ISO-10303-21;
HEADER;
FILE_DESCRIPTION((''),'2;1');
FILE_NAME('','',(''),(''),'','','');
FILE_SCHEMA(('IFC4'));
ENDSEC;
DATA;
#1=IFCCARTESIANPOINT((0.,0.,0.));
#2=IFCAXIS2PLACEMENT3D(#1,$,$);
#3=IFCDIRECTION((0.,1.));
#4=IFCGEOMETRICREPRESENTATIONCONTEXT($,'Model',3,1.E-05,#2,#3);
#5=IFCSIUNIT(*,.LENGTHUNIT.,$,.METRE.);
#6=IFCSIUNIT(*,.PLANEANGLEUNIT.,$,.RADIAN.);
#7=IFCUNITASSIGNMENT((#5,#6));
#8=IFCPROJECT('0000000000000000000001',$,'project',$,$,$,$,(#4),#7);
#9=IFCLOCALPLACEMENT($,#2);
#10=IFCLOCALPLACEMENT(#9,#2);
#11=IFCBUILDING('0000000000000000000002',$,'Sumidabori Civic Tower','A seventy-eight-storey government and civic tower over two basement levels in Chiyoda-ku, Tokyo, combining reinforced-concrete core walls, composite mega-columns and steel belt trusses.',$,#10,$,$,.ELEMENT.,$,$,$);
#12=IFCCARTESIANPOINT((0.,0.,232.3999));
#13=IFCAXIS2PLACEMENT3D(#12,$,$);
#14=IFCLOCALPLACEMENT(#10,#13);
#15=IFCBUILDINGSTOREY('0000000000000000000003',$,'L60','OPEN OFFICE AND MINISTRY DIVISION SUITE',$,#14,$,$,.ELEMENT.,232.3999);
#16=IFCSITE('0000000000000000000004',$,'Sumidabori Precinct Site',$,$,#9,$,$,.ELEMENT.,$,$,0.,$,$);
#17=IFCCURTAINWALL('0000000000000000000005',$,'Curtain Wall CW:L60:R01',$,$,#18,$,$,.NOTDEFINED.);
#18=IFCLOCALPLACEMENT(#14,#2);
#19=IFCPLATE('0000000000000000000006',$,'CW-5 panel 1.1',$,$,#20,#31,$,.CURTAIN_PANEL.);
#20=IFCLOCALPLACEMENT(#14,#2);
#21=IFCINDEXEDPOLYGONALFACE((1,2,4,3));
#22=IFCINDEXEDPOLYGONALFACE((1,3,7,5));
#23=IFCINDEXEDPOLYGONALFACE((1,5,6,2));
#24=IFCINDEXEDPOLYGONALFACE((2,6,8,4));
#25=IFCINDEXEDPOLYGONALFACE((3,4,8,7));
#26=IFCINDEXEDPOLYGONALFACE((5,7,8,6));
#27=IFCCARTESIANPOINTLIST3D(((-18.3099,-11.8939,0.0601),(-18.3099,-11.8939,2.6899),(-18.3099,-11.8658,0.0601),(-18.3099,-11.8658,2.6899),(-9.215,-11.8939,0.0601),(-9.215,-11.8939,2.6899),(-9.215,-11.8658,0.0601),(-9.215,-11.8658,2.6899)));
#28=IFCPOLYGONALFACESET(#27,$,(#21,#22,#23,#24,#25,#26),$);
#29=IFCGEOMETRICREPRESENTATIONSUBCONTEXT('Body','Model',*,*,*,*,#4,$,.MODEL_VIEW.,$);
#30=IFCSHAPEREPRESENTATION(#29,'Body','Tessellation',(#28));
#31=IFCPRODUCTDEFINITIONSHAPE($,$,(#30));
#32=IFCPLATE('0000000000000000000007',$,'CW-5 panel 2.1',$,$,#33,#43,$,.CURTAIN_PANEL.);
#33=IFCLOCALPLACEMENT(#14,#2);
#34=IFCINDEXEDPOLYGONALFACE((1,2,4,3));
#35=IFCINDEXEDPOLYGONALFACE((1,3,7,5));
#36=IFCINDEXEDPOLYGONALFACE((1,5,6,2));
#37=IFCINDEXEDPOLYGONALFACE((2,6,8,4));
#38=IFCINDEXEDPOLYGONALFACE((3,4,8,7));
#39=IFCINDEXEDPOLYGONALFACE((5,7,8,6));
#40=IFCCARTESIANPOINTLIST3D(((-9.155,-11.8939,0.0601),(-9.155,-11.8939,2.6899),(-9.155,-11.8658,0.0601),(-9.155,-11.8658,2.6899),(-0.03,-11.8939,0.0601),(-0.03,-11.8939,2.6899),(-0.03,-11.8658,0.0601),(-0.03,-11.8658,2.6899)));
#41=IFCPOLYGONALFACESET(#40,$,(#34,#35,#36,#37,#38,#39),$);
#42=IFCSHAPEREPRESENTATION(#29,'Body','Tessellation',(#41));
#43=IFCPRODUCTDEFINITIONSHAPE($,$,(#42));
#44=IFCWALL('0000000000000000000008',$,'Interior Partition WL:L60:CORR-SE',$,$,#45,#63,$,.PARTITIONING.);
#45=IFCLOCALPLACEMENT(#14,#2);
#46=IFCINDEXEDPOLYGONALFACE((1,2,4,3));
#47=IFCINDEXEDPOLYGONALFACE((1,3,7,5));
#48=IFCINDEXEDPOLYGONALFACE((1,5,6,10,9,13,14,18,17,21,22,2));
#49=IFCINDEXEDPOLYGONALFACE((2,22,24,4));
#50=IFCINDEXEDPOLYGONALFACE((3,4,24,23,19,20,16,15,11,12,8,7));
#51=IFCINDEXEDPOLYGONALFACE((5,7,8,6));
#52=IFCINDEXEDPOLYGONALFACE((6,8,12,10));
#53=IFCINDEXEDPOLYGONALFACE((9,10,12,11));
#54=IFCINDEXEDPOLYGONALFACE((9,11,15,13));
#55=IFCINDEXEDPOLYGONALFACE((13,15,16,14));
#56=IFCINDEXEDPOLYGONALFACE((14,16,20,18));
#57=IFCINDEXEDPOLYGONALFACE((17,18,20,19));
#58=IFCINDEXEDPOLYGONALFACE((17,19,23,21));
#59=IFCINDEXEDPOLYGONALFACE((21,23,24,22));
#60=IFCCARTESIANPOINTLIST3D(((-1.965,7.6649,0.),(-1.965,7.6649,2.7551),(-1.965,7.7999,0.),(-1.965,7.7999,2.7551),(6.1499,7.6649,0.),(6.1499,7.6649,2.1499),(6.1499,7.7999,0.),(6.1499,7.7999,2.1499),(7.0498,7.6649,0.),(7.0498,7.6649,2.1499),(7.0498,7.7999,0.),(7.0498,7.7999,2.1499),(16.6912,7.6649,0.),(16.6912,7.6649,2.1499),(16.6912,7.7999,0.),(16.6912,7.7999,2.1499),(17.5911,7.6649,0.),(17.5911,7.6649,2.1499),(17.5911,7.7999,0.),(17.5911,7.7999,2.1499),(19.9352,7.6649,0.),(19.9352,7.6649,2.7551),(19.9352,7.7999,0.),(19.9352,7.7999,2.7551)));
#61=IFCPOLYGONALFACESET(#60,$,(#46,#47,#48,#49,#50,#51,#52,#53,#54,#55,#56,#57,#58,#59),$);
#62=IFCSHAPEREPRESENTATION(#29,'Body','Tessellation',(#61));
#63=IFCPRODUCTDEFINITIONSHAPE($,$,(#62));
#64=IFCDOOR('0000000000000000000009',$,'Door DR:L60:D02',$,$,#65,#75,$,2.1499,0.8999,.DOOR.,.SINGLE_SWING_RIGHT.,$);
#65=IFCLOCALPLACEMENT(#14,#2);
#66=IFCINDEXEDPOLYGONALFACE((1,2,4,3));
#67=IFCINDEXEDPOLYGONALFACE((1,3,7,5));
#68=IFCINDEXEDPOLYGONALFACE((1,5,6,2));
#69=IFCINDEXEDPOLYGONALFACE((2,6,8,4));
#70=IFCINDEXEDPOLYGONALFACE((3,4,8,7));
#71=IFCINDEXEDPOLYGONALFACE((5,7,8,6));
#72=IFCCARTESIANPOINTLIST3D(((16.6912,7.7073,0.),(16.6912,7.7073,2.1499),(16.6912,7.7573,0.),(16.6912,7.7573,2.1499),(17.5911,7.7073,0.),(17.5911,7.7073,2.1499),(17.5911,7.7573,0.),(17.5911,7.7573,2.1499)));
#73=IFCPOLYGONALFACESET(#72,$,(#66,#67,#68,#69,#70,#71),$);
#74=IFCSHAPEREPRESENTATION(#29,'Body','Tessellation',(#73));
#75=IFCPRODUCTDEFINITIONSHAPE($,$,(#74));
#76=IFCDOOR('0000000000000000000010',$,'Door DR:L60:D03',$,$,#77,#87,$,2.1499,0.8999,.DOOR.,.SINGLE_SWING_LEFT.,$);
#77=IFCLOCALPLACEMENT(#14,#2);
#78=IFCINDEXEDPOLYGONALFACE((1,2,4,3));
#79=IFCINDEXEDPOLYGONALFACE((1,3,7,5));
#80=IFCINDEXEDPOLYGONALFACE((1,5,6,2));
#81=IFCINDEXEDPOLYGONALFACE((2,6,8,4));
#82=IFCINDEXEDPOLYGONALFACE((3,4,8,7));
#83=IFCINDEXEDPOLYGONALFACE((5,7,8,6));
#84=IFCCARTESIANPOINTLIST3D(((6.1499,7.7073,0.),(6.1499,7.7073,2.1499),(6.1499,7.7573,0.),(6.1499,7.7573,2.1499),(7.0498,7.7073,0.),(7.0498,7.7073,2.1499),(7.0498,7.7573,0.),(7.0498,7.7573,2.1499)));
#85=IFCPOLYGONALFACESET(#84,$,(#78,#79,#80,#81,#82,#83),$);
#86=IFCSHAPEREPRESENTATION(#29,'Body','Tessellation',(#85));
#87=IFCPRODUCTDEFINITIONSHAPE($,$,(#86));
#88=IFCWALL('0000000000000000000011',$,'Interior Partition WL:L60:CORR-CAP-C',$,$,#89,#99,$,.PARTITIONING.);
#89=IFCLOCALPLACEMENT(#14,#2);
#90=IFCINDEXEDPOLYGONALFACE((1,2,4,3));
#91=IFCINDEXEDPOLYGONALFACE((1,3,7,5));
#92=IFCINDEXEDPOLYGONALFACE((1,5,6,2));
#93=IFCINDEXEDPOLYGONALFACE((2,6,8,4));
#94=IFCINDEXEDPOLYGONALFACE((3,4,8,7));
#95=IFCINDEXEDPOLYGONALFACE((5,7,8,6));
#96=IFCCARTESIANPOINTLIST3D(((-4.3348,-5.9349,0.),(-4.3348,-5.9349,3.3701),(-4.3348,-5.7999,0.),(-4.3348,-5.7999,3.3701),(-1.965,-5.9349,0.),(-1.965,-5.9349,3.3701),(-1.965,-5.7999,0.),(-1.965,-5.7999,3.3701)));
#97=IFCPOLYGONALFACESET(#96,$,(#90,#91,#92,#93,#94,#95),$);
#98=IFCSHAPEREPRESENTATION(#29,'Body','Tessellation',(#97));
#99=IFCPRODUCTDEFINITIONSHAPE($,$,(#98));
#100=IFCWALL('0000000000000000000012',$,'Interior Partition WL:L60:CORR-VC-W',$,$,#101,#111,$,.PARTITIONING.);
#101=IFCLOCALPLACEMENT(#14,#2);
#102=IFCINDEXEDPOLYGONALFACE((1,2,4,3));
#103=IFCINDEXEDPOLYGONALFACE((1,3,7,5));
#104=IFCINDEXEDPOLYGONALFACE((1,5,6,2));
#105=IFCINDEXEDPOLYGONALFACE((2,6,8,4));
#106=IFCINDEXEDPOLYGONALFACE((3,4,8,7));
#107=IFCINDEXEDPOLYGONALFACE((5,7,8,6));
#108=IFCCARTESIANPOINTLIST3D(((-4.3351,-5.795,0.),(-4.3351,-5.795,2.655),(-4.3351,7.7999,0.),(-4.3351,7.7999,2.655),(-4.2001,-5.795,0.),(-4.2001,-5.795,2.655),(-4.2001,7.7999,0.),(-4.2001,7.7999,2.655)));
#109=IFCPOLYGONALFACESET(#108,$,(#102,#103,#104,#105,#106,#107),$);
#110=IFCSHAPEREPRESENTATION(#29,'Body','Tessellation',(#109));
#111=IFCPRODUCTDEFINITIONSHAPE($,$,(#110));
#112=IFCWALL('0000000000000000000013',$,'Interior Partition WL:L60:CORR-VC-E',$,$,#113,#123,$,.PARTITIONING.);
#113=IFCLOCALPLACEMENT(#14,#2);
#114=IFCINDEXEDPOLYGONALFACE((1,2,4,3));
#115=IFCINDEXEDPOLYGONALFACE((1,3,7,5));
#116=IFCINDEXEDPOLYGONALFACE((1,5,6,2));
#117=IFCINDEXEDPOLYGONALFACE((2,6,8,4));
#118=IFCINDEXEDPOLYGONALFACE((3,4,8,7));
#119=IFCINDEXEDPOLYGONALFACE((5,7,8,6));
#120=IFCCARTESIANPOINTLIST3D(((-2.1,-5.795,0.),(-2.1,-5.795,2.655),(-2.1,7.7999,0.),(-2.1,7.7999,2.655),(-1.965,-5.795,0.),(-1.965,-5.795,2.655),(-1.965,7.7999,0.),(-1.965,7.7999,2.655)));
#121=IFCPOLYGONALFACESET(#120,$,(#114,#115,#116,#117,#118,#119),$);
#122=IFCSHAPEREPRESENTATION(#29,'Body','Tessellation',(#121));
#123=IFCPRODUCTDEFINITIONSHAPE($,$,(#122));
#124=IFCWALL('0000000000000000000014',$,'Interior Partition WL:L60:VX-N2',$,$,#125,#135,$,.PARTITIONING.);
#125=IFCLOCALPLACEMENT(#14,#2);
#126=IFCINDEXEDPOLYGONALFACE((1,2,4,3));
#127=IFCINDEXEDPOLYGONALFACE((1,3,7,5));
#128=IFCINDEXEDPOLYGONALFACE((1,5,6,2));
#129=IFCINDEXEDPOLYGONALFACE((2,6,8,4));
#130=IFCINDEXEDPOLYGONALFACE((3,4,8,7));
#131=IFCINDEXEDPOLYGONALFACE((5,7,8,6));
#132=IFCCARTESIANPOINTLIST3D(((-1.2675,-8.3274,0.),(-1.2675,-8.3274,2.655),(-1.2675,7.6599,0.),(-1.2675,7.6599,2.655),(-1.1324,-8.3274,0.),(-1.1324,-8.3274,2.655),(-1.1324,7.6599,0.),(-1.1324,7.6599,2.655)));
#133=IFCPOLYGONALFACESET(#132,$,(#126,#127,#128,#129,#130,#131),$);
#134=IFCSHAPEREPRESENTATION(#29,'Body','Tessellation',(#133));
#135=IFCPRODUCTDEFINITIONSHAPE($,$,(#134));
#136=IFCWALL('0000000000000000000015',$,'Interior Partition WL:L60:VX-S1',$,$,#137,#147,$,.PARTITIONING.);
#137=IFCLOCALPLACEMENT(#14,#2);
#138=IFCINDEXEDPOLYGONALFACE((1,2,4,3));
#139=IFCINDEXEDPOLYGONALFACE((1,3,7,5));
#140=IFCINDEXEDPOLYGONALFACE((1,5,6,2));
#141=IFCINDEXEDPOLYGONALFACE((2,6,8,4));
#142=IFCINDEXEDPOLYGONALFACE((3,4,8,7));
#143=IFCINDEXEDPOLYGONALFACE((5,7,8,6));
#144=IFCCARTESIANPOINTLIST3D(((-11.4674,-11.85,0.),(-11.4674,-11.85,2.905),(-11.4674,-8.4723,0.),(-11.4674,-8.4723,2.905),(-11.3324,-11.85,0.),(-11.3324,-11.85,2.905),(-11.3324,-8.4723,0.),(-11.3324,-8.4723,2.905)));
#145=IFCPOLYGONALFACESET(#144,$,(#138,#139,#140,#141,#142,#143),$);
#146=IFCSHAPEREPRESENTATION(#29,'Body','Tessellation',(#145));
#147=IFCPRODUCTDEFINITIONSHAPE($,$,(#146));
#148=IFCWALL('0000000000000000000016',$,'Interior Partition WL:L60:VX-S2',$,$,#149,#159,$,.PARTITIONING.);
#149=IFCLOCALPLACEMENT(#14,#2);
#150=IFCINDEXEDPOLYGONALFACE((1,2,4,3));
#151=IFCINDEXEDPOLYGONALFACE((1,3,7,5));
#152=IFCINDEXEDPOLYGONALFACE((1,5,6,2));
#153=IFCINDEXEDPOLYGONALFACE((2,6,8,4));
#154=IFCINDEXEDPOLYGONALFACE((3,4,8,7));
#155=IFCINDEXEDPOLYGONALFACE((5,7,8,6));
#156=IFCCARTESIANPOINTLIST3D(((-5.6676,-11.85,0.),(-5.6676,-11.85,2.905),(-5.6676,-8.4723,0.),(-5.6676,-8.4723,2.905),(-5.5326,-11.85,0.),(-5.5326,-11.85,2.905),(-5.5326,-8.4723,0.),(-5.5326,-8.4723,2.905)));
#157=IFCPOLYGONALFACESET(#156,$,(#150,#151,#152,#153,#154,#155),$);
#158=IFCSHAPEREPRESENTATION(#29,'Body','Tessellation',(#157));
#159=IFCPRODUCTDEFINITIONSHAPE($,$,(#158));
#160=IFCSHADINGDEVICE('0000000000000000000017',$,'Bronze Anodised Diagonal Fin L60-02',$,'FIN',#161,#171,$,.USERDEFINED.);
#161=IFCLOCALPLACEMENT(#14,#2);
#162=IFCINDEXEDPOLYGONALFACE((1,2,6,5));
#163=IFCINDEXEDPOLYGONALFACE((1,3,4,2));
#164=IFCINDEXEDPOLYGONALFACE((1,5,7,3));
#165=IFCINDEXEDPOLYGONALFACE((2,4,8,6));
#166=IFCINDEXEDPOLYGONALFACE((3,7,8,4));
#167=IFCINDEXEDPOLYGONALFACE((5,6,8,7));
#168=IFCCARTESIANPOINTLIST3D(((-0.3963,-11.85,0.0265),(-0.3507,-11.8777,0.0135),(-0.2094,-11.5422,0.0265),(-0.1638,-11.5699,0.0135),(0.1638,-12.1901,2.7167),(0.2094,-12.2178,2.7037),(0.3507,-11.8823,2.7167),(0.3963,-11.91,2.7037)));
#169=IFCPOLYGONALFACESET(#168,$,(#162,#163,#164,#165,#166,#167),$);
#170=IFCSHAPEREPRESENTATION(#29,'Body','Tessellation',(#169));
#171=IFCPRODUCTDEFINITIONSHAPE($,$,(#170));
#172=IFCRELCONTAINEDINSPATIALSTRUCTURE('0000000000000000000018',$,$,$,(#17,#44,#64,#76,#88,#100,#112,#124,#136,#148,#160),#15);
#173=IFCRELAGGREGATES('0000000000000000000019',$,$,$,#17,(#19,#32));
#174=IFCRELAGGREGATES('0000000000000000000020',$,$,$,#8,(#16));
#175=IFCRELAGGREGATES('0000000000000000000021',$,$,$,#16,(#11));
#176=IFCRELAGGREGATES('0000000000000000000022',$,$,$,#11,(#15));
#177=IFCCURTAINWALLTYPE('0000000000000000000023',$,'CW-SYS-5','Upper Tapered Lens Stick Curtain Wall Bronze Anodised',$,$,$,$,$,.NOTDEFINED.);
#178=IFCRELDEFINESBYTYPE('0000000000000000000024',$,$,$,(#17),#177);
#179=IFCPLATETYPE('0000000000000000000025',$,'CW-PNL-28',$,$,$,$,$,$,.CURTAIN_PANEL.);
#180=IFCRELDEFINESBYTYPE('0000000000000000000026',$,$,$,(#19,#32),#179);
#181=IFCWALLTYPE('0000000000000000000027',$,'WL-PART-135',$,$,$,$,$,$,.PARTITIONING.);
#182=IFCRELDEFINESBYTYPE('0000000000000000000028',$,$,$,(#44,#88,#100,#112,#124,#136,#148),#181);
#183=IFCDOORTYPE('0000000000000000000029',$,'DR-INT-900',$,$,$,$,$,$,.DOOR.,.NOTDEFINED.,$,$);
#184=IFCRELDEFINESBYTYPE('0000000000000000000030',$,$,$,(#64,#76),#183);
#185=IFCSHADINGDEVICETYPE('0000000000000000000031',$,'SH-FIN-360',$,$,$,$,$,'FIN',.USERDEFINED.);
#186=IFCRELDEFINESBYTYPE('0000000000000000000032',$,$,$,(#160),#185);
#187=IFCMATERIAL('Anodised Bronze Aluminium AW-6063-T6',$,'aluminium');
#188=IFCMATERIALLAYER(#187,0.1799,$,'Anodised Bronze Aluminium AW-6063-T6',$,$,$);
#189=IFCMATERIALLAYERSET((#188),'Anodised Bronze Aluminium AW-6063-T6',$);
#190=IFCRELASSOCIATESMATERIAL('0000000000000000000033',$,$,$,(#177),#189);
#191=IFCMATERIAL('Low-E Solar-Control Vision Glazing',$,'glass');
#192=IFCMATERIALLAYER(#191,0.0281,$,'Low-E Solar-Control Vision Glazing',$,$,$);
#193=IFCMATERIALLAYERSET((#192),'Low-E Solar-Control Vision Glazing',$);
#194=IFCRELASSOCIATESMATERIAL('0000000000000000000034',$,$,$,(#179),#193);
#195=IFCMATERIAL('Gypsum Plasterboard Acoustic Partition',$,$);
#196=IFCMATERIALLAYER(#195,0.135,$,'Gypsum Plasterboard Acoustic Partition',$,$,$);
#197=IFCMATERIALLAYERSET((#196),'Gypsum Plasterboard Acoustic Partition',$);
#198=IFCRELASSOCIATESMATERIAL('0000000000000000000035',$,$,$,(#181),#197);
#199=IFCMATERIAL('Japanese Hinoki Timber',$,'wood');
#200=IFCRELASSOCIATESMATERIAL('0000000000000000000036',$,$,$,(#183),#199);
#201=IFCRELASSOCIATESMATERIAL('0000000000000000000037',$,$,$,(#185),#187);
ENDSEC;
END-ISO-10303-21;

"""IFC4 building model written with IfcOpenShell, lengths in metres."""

from ifc_helpers import new_model, si_unit, direction, frame, frame_2d, origin, origin_2d, place, context, subcontext, project, spatial, rectangle, extrude, source, transform, mapped, material, layer, layer_set, material_profile, profile_set, type_object, element, fill, aggregate, save


model = new_model("IFC4")

# Units and contexts
model_context = context("Model", 3, precision=1e-05, world=origin(), true_north=direction((0.0, 1.0)))
body_context = subcontext(model_context, "Body", "Model", "MODEL_VIEW")
ifc_project = project(units=[si_unit("LENGTHUNIT", "METRE"), si_unit("PLANEANGLEUNIT", "RADIAN")], contexts=[model_context])

# Site, building, storey
site_placement = place(None, origin())
site = spatial("IfcSite", under=ifc_project, at=site_placement, Name="Sumidabori Precinct Site", CompositionType="ELEMENT", RefElevation=0.0)
building_placement = place(site_placement, origin())
building = spatial("IfcBuilding", under=site, at=building_placement, Name="Sumidabori Civic Tower", Description="A seventy-eight-storey government and civic tower over two basement levels in Chiyoda-ku, Tokyo, combining reinforced-concrete core walls, composite mega-columns and steel belt trusses.", CompositionType="ELEMENT")
storey_placement = place(building_placement, frame((0.0, 0.0, 232.3999)))
storey = spatial("IfcBuildingStorey", under=building, at=storey_placement, Name="L60", Description="OPEN OFFICE AND MINISTRY DIVISION SUITE", CompositionType="ELEMENT", Elevation=232.3999)

# Curtain wall
ifc_material_1 = material(Name="Anodised Bronze Aluminium AW-6063-T6", Category="aluminium")
ifc_layer_1 = layer(ifc_material_1, 0.1799, Name="Anodised Bronze Aluminium AW-6063-T6")
ifc_layer_set_1 = layer_set([ifc_layer_1], Name="Anodised Bronze Aluminium AW-6063-T6")
curtain_wall_type = type_object("IfcCurtainWallType", Name="CW-SYS-5", Description="Upper Tapered Lens Stick Curtain Wall Bronze Anodised", PredefinedType="NOTDEFINED", material=ifc_layer_set_1)
curtain_wall_placement = place(storey_placement, origin())
curtain_wall = element("IfcCurtainWall", 1, at=curtain_wall_placement, inside=storey, type_object=curtain_wall_type, Name="Curtain Wall CW:L60:R01", PredefinedType="NOTDEFINED")

# Plates
ifc_material_2 = material(Name="Low-E Solar-Control Vision Glazing", Category="glass")
ifc_layer_2 = layer(ifc_material_2, 0.0281, Name="Low-E Solar-Control Vision Glazing")
ifc_layer_set_2 = layer_set([ifc_layer_2], Name="Low-E Solar-Control Vision Glazing")
plate_type = type_object("IfcPlateType", Name="CW-PNL-28", PredefinedType="CURTAIN_PANEL", material=ifc_layer_set_2)
shared_shape_1 = source(origin(), body_context, "Body", "SweptSolid", [
    extrude(rectangle(XDim=9.095, YDim=0.0281, at=origin_2d()), origin(), (0.0, 0.0, 1.0), 2.6299),
])
plate_1_placement = place(storey_placement, frame((-13.7625, -11.8799, 0.0601), z_axis=(0.0, 0.0, 1.0), x_axis=(1.0, 0.0, 0.0)))
plate_1 = element("IfcPlate", 2, at=plate_1_placement, type_object=plate_type, Name="CW-5 panel 1.1", PredefinedType="CURTAIN_PANEL", context=body_context, shape_type="MappedRepresentation", body=[
    mapped(shared_shape_1, transform((0.0, 0.0, 0.0), x_axis=(1.0, 0.0, 0.0), y_axis=(0.0, 1.0, 0.0), z_axis=(0.0, 0.0, 1.0), scale=1.0)),
])
shared_shape_2 = source(origin(), body_context, "Body", "SweptSolid", [
    extrude(rectangle(XDim=9.125, YDim=0.0281, at=origin_2d()), origin(), (0.0, 0.0, 1.0), 2.6299),
])
plate_2_placement = place(storey_placement, frame((-4.5925, -11.8799, 0.0601), z_axis=(0.0, 0.0, 1.0), x_axis=(1.0, 0.0, 0.0)))
plate_2 = element("IfcPlate", 3, at=plate_2_placement, type_object=plate_type, Name="CW-5 panel 2.1", PredefinedType="CURTAIN_PANEL", context=body_context, shape_type="MappedRepresentation", body=[
    mapped(shared_shape_2, transform((0.0, 0.0, 0.0), x_axis=(1.0, 0.0, 0.0), y_axis=(0.0, 1.0, 0.0), z_axis=(0.0, 0.0, 1.0), scale=1.0)),
])
aggregate(curtain_wall, [plate_1, plate_2])

# Wall, openings, doors
ifc_material_3 = material(Name="Gypsum Plasterboard Acoustic Partition")
ifc_layer_3 = layer(ifc_material_3, 0.135, Name="Gypsum Plasterboard Acoustic Partition")
ifc_layer_set_3 = layer_set([ifc_layer_3], Name="Gypsum Plasterboard Acoustic Partition")
wall_type = type_object("IfcWallType", Name="WL-PART-135", PredefinedType="PARTITIONING", material=ifc_layer_set_3)
shared_shape_3 = source(origin(), body_context, "Body", "SweptSolid", [
    extrude(rectangle(XDim=21.9001, YDim=0.135, at=frame_2d((10.9502, 0.0))), origin(), (0.0, 0.0, 1.0), 2.7551),
])
wall_1_placement = place(storey_placement, frame((-1.9651, 7.7324, 0.0), z_axis=(0.0, 0.0, 1.0), x_axis=(1.0, 0.0, 0.0)))
wall_1 = element("IfcWall", 4, at=wall_1_placement, inside=storey, type_object=wall_type, Name="Interior Partition WL:L60:CORR-SE", PredefinedType="PARTITIONING", context=body_context, shape_type="MappedRepresentation", body=[
    mapped(shared_shape_3, transform((0.0, 0.0, 0.0), x_axis=(1.0, 0.0, 0.0), y_axis=(0.0, 1.0, 0.0), z_axis=(0.0, 0.0, 1.0), scale=1.0)),
])
opening_1_placement = place(wall_1_placement, frame((18.6562, 0.0, 0.0)))
opening_1 = element("IfcOpeningElement", 5, at=opening_1_placement, cuts=wall_1, PredefinedType="OPENING", context=body_context, shape_type="SweptSolid", body=[
    extrude(rectangle(XDim=0.8999, YDim=2.1499, at=frame_2d((0.45, 1.075))), frame((0.0, 0.0796, 0.0), z_axis=(0.0, -1.0, 0.0), x_axis=(1.0, 0.0, 0.0)), (0.0, 0.0, 1.0), 0.1589),
])
opening_2_placement = place(wall_1_placement, frame((8.115, 0.0, 0.0)))
opening_2 = element("IfcOpeningElement", 6, at=opening_2_placement, cuts=wall_1, PredefinedType="OPENING", context=body_context, shape_type="SweptSolid", body=[
    extrude(rectangle(XDim=0.8999, YDim=2.1499, at=frame_2d((0.45, 1.075))), frame((0.0, 0.0796, 0.0), z_axis=(0.0, -1.0, 0.0), x_axis=(1.0, 0.0, 0.0)), (0.0, 0.0, 1.0), 0.1589),
])
ifc_material_4 = material(Name="Japanese Hinoki Timber", Category="wood")
door_type = type_object("IfcDoorType", Name="DR-INT-900", OperationType="NOTDEFINED", PredefinedType="DOOR", material=ifc_material_4)
shared_shape_4 = source(origin(), body_context, "Body", "SweptSolid", [
    extrude(rectangle(XDim=0.8999, YDim=2.1499, at=frame_2d((0.45, 1.075))), frame((0.0, 0.0249, 0.0), z_axis=(0.0, -1.0, 0.0), x_axis=(1.0, 0.0, 0.0)), (0.0, 0.0, 1.0), 0.05),
])
door_1_placement = place(opening_1_placement, origin())
door_1 = element("IfcDoor", 7, at=door_1_placement, inside=storey, type_object=door_type, Name="Door DR:L60:D02", OperationType="SINGLE_SWING_RIGHT", OverallHeight=2.1499, OverallWidth=0.8999, PredefinedType="DOOR", context=body_context, shape_type="MappedRepresentation", body=[
    mapped(shared_shape_4, transform((0.0, 0.0, 0.0), x_axis=(1.0, 0.0, 0.0), y_axis=(0.0, 1.0, 0.0), z_axis=(0.0, 0.0, 1.0), scale=1.0)),
])
fill(opening_1, door_1)
door_2_placement = place(opening_2_placement, origin())
door_2 = element("IfcDoor", 8, at=door_2_placement, inside=storey, type_object=door_type, Name="Door DR:L60:D03", OperationType="SINGLE_SWING_LEFT", OverallHeight=2.1499, OverallWidth=0.8999, PredefinedType="DOOR", context=body_context, shape_type="MappedRepresentation", body=[
    mapped(shared_shape_4, transform((0.0, 0.0, 0.0), x_axis=(1.0, 0.0, 0.0), y_axis=(0.0, 1.0, 0.0), z_axis=(0.0, 0.0, 1.0), scale=1.0)),
])
fill(opening_2, door_2)

# Walls
shared_shape_5 = source(origin(), body_context, "Body", "SweptSolid", [
    extrude(rectangle(XDim=2.3699, YDim=0.135, at=frame_2d((1.1851, 0.0))), origin(), (0.0, 0.0, 1.0), 3.3701),
])
wall_2_placement = place(storey_placement, frame((-4.335, -5.8674, 0.0), z_axis=(0.0, 0.0, 1.0), x_axis=(1.0, 0.0, 0.0)))
element("IfcWall", 9, at=wall_2_placement, inside=storey, type_object=wall_type, Name="Interior Partition WL:L60:CORR-CAP-C", PredefinedType="PARTITIONING", context=body_context, shape_type="MappedRepresentation", body=[
    mapped(shared_shape_5, transform((0.0, 0.0, 0.0), x_axis=(1.0, 0.0, 0.0), y_axis=(0.0, 1.0, 0.0), z_axis=(0.0, 0.0, 1.0), scale=1.0)),
])
shared_shape_6 = source(origin(), body_context, "Body", "SweptSolid", [
    extrude(rectangle(XDim=13.595, YDim=0.135, at=frame_2d((6.7974, 0.0))), origin(), (0.0, 0.0, 1.0), 2.655),
])
for number, where, z_axis, x_axis, name in (
    (10, (-4.2676, -5.7949, 0.0), (0.0, 0.0, 1.0), (0.0, 1.0, 0.0), "Interior Partition WL:L60:CORR-VC-W"),
    (11, (-2.0325, -5.7949, 0.0), (0.0, 0.0, 1.0), (0.0, 1.0, 0.0), "Interior Partition WL:L60:CORR-VC-E"),
):
    element("IfcWall", number, at=place(storey_placement, frame(where, z_axis=z_axis, x_axis=x_axis)), inside=storey, type_object=wall_type, Name=name, PredefinedType="PARTITIONING", context=body_context, shape_type="MappedRepresentation", body=[
        mapped(shared_shape_6, transform((0.0, 0.0, 0.0), x_axis=(1.0, 0.0, 0.0), y_axis=(0.0, 1.0, 0.0), z_axis=(0.0, 0.0, 1.0), scale=1.0)),
    ])
shared_shape_7 = source(origin(), body_context, "Body", "SweptSolid", [
    extrude(rectangle(XDim=15.9873, YDim=0.135, at=frame_2d((7.9937, 0.0))), origin(), (0.0, 0.0, 1.0), 2.655),
])
wall_3_placement = place(storey_placement, frame((-1.2, -8.3274, 0.0), z_axis=(0.0, 0.0, 1.0), x_axis=(0.0, 1.0, 0.0)))
element("IfcWall", 12, at=wall_3_placement, inside=storey, type_object=wall_type, Name="Interior Partition WL:L60:VX-N2", PredefinedType="PARTITIONING", context=body_context, shape_type="MappedRepresentation", body=[
    mapped(shared_shape_7, transform((0.0, 0.0, 0.0), x_axis=(1.0, 0.0, 0.0), y_axis=(0.0, 1.0, 0.0), z_axis=(0.0, 0.0, 1.0), scale=1.0)),
])
shared_shape_8 = source(origin(), body_context, "Body", "SweptSolid", [
    extrude(rectangle(XDim=3.3777, YDim=0.135, at=frame_2d((1.689, 0.0))), origin(), (0.0, 0.0, 1.0), 2.905),
])
for number, where, z_axis, x_axis, name in (
    (13, (-11.3999, -11.8501, 0.0), (0.0, 0.0, 1.0), (0.0, 1.0, 0.0), "Interior Partition WL:L60:VX-S1"),
    (14, (-5.6001, -11.8501, 0.0), (0.0, 0.0, 1.0), (0.0, 1.0, 0.0), "Interior Partition WL:L60:VX-S2"),
):
    element("IfcWall", number, at=place(storey_placement, frame(where, z_axis=z_axis, x_axis=x_axis)), inside=storey, type_object=wall_type, Name=name, PredefinedType="PARTITIONING", context=body_context, shape_type="MappedRepresentation", body=[
        mapped(shared_shape_8, transform((0.0, 0.0, 0.0), x_axis=(1.0, 0.0, 0.0), y_axis=(0.0, 1.0, 0.0), z_axis=(0.0, 0.0, 1.0), scale=1.0)),
    ])

# Shading device
ifc_material_profile_1 = material_profile(ifc_material_1, rectangle(XDim=0.0549, YDim=0.3601, at=origin_2d()), Name="BRONZE FIN 360x55")
ifc_profile_set_1 = profile_set([ifc_material_profile_1], Name="Anodised Bronze Aluminium AW-6063-T6")
shading_device_type = type_object("IfcShadingDeviceType", Name="SH-FIN-360", ElementType="FIN", PredefinedType="USERDEFINED", material=ifc_profile_set_1)
shared_shape_9 = source(origin(), body_context, "Body", "SweptSolid", [
    extrude(rectangle(XDim=0.0549, YDim=0.3601, at=origin_2d()), origin(), (0.0, 0.0, 1.0), 2.7688),
])
shading_device_placement = place(storey_placement, frame((-0.28, -11.71, 0.02), z_axis=(0.202273, -0.122827, 0.971596), x_axis=(0.830474, -0.504294, -0.236645)))
element("IfcShadingDevice", 15, at=shading_device_placement, inside=storey, type_object=shading_device_type, Name="Bronze Anodised Diagonal Fin L60-02", ObjectType="FIN", PredefinedType="USERDEFINED", context=body_context, shape_type="MappedRepresentation", body=[
    mapped(shared_shape_9, transform((0.0, 0.0, 0.0), x_axis=(1.0, 0.0, 0.0), y_axis=(0.0, 1.0, 0.0), z_axis=(0.0, 0.0, 1.0), scale=1.0)),
])

save(model, "model.ifc")
